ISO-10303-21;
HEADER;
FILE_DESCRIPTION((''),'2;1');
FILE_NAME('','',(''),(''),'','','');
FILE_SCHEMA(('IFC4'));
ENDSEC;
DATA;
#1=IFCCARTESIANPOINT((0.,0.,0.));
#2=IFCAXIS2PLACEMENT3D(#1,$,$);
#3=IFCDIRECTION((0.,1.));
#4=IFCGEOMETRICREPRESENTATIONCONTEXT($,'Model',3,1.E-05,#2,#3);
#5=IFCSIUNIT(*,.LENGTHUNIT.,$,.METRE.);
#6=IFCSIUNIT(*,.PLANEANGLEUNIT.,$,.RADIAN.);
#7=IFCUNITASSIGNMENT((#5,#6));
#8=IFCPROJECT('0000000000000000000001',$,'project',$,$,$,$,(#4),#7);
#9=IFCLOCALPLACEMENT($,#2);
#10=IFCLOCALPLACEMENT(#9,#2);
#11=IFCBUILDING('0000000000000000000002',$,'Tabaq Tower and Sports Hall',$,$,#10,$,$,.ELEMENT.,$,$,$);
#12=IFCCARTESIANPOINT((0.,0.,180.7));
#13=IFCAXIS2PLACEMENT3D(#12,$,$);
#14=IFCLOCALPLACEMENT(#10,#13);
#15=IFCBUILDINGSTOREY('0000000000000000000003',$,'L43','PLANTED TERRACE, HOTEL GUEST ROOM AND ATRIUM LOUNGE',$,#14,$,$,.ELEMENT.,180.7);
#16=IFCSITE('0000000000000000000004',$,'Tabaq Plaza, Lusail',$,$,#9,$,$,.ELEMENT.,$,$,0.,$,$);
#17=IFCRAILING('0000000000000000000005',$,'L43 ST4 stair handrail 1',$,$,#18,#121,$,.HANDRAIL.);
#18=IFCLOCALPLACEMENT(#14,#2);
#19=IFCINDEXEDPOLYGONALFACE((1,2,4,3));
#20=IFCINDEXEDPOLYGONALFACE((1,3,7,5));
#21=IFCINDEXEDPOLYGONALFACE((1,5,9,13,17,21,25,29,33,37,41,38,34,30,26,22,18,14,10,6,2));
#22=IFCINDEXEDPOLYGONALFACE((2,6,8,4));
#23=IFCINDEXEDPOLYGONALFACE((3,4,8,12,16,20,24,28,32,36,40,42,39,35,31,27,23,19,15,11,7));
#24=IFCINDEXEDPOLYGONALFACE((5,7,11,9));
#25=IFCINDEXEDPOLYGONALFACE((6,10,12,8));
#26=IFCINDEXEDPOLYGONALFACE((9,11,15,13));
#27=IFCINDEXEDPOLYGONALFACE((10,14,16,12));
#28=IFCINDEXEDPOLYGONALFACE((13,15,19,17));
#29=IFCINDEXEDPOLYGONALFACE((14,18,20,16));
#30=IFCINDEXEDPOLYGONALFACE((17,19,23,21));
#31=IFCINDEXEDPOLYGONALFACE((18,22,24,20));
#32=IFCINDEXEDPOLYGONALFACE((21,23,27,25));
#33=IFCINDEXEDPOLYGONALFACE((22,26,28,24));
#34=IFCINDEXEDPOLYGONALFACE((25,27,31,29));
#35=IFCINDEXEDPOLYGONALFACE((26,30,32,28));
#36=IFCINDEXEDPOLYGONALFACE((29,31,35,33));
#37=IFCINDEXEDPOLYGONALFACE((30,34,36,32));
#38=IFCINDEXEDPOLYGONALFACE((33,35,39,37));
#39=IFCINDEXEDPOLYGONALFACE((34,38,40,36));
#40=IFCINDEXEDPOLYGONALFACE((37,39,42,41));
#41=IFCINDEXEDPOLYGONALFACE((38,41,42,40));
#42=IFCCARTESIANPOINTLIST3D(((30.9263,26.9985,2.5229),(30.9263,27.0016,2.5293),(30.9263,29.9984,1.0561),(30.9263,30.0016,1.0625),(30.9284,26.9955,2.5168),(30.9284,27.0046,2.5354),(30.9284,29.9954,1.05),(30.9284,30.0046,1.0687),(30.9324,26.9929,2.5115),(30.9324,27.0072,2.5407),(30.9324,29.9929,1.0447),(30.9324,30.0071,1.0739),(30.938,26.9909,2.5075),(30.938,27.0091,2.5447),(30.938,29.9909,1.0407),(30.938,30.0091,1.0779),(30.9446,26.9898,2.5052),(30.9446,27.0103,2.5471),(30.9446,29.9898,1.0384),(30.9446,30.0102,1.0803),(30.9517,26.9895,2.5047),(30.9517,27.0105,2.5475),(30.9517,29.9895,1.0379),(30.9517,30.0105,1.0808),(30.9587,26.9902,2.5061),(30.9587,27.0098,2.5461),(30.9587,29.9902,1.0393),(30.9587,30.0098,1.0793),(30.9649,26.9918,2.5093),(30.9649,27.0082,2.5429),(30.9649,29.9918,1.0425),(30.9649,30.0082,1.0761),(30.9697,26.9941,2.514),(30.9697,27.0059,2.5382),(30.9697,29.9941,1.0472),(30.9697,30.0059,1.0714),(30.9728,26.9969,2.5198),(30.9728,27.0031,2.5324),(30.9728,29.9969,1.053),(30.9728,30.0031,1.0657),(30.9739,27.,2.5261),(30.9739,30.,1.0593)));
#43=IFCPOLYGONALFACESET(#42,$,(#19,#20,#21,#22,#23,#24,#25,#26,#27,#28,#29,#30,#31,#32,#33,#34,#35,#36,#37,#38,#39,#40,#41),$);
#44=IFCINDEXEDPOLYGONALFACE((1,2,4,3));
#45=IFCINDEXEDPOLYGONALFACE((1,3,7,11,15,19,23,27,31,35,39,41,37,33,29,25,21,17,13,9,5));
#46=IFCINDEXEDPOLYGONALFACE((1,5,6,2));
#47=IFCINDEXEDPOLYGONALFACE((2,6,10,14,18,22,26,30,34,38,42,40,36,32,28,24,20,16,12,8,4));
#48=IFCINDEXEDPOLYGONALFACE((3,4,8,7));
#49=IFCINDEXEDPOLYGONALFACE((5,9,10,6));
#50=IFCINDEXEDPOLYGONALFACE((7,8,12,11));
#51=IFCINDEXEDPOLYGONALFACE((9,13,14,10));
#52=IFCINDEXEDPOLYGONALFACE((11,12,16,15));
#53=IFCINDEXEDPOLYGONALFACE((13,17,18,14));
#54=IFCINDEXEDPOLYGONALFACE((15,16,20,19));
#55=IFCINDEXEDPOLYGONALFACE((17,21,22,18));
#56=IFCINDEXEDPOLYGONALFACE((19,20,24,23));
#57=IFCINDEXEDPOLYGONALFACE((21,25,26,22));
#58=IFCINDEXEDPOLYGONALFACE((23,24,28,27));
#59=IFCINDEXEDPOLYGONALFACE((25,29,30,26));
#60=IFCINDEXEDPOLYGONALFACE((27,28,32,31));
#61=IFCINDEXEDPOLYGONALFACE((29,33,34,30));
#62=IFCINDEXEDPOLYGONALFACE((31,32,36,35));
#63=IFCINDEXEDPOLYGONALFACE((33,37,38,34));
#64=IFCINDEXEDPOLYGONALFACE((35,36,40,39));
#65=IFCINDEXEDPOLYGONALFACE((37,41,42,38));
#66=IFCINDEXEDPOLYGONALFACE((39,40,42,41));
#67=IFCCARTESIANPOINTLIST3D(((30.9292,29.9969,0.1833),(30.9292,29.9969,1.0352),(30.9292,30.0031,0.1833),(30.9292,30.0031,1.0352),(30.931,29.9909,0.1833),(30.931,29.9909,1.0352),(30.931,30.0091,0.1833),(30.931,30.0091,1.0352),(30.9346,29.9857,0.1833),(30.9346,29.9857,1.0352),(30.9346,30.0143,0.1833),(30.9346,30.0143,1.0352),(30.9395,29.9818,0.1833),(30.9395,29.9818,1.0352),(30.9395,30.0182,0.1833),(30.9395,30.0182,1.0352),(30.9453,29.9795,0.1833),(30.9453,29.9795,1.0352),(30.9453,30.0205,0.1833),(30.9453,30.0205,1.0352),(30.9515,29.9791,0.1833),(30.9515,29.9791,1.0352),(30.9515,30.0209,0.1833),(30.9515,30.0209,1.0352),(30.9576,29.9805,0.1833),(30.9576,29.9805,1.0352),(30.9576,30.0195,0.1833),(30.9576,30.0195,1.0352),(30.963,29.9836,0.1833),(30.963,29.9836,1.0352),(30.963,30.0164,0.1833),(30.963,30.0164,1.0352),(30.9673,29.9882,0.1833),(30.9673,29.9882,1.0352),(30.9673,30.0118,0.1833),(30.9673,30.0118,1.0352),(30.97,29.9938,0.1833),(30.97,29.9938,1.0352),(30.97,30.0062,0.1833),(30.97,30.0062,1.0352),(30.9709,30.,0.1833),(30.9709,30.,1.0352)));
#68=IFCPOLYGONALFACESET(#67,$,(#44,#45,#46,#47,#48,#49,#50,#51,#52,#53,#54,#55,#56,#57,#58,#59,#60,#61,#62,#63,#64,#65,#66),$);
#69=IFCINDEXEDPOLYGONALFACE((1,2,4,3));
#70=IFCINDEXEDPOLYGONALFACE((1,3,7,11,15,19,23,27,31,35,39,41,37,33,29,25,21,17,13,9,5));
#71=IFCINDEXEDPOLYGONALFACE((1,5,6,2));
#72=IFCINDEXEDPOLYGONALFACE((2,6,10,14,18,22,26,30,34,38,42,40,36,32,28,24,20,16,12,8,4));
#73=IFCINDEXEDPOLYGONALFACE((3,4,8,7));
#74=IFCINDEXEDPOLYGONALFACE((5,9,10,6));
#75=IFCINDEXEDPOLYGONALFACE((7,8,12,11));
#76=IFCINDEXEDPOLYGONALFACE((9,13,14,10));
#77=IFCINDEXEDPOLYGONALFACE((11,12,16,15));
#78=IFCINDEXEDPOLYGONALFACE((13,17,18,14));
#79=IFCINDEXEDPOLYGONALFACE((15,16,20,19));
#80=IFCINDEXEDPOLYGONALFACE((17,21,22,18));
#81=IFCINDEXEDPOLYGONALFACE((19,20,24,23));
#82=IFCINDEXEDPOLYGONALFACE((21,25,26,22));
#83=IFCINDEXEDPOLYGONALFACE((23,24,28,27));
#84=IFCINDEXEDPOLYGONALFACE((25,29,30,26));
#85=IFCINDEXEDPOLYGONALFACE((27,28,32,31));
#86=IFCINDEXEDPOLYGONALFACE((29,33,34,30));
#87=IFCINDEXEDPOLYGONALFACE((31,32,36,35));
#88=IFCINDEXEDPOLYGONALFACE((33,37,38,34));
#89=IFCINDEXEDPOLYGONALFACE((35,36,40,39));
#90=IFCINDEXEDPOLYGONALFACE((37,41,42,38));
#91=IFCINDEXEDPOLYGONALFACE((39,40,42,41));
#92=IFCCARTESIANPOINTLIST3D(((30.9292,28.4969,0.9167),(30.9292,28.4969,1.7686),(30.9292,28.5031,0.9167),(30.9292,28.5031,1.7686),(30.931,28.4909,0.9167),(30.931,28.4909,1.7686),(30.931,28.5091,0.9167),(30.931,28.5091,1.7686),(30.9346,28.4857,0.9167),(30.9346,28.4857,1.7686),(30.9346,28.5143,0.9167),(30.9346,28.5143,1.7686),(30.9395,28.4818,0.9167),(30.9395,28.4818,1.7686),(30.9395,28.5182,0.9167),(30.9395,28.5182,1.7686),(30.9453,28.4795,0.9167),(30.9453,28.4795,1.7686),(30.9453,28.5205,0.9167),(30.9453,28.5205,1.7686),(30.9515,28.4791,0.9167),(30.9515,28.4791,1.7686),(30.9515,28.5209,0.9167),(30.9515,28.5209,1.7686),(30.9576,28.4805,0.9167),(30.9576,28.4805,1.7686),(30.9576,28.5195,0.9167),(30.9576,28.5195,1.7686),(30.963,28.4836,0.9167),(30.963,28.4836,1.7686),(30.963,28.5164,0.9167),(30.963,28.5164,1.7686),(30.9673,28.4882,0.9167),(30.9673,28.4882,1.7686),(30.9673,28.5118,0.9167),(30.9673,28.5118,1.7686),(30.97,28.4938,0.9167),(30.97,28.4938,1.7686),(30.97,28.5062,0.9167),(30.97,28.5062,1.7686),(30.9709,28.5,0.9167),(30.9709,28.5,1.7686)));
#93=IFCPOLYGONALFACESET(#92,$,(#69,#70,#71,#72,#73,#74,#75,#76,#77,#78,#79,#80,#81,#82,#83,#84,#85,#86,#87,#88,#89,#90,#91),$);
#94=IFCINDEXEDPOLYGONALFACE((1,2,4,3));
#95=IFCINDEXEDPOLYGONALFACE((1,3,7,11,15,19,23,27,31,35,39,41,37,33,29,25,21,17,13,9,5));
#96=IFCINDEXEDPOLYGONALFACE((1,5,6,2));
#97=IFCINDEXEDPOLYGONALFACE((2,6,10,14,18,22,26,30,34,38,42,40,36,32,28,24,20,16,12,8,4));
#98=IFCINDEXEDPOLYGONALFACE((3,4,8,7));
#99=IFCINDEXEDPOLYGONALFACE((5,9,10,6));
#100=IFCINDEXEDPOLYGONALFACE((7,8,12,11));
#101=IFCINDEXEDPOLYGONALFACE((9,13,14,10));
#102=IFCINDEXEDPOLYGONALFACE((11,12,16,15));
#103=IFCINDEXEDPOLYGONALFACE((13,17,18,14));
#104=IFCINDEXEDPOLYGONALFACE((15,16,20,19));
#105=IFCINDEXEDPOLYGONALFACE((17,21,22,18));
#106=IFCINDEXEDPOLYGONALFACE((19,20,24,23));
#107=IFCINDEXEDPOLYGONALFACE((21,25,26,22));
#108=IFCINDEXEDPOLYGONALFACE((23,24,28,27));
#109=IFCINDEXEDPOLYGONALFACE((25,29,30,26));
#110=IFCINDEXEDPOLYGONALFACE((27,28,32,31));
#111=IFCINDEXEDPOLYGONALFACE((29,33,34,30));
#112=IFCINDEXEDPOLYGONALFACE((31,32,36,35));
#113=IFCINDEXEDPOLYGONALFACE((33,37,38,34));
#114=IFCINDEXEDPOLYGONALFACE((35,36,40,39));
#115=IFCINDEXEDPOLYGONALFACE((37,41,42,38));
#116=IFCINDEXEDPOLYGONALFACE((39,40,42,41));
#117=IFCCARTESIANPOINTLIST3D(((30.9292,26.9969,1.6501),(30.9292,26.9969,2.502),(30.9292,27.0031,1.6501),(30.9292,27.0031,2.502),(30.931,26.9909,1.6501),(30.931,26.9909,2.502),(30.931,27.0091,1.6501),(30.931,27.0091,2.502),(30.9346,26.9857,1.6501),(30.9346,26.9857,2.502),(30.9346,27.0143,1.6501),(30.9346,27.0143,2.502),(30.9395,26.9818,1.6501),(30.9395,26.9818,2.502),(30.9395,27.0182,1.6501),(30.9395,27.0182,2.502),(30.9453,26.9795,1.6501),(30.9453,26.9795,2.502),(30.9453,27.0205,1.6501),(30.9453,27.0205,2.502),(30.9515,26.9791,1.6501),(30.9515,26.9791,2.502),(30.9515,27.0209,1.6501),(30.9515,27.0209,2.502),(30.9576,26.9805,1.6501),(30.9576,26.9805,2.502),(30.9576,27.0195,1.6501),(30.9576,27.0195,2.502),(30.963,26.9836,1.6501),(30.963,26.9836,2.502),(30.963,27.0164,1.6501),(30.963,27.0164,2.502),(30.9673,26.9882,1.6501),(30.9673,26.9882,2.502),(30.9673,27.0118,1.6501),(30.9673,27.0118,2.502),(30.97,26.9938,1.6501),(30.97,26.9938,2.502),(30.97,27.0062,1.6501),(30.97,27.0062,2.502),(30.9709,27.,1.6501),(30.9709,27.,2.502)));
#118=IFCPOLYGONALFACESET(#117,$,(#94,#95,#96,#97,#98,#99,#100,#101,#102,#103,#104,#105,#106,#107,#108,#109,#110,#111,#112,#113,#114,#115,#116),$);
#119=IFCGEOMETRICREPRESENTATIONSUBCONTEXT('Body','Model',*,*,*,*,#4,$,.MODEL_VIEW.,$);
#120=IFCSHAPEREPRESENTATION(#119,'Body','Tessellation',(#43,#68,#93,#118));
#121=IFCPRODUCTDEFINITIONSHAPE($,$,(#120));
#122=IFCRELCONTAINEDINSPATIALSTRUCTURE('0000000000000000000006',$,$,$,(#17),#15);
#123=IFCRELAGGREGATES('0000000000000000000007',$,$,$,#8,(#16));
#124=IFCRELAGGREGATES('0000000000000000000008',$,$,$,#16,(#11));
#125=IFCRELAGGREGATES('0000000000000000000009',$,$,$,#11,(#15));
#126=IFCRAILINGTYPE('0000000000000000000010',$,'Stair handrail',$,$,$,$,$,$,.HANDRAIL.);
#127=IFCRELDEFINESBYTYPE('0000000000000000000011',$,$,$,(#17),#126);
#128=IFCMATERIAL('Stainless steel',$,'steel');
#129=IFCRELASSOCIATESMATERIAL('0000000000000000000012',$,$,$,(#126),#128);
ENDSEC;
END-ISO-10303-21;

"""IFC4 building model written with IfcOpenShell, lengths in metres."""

from ifc_helpers import new_model, si_unit, direction, frame, origin, origin_2d, place, context, subcontext, project, spatial, circle, extrude, material, type_object, element, save


model = new_model("IFC4")

# Units and contexts
model_context = context("Model", 3, precision=1e-05, world=origin(), true_north=direction((0.0, 1.0)))
body_context = subcontext(model_context, "Body", "Model", "MODEL_VIEW")
ifc_project = project(units=[si_unit("LENGTHUNIT", "METRE"), si_unit("PLANEANGLEUNIT", "RADIAN")], contexts=[model_context])

# Site, building, storey
site_placement = place(None, origin())
site = spatial("IfcSite", under=ifc_project, at=site_placement, Name="Tabaq Plaza, Lusail", CompositionType="ELEMENT", RefElevation=0.0)
building_placement = place(site_placement, origin())
building = spatial("IfcBuilding", under=site, at=building_placement, Name="Tabaq Tower and Sports Hall", CompositionType="ELEMENT")
storey_placement = place(building_placement, frame((0.0, 0.0, 180.7)))
storey = spatial("IfcBuildingStorey", under=building, at=storey_placement, Name="L43", Description="PLANTED TERRACE, HOTEL GUEST ROOM AND ATRIUM LOUNGE", CompositionType="ELEMENT", Elevation=180.7)

# Railing
ifc_material_1 = material(Name="Stainless steel", Category="steel")
railing_type_1 = type_object("IfcRailingType", Name="Stair handrail", PredefinedType="HANDRAIL", material=ifc_material_1)
railing_1_placement = place(storey_placement, frame((30.95, 30.0, 0.1833)))
element("IfcRailing", 1, at=railing_1_placement, inside=storey, type_object=railing_type_1, Name="L43 ST4 stair handrail 1", PredefinedType="HANDRAIL", context=body_context, shape_type="SweptSolid", body=[
    extrude(circle(Radius=0.0239, at=origin_2d()), frame((0.0, 0.0, 0.876), z_axis=(0.0, -0.898369, 0.439242), x_axis=(1.0, 0.0, 0.0)), (0.0, 0.0, 1.0), 3.3394),
    extrude(circle(Radius=0.021, at=origin_2d()), origin(), (0.0, 0.0, 1.0), 0.8518),
    extrude(circle(Radius=0.021, at=origin_2d()), frame((0.0, -1.5, 0.7334)), (0.0, 0.0, 1.0), 0.8518),
    extrude(circle(Radius=0.021, at=origin_2d()), frame((0.0, -3.0, 1.4668)), (0.0, 0.0, 1.0), 0.8518),
])

save(model, "model.ifc")
